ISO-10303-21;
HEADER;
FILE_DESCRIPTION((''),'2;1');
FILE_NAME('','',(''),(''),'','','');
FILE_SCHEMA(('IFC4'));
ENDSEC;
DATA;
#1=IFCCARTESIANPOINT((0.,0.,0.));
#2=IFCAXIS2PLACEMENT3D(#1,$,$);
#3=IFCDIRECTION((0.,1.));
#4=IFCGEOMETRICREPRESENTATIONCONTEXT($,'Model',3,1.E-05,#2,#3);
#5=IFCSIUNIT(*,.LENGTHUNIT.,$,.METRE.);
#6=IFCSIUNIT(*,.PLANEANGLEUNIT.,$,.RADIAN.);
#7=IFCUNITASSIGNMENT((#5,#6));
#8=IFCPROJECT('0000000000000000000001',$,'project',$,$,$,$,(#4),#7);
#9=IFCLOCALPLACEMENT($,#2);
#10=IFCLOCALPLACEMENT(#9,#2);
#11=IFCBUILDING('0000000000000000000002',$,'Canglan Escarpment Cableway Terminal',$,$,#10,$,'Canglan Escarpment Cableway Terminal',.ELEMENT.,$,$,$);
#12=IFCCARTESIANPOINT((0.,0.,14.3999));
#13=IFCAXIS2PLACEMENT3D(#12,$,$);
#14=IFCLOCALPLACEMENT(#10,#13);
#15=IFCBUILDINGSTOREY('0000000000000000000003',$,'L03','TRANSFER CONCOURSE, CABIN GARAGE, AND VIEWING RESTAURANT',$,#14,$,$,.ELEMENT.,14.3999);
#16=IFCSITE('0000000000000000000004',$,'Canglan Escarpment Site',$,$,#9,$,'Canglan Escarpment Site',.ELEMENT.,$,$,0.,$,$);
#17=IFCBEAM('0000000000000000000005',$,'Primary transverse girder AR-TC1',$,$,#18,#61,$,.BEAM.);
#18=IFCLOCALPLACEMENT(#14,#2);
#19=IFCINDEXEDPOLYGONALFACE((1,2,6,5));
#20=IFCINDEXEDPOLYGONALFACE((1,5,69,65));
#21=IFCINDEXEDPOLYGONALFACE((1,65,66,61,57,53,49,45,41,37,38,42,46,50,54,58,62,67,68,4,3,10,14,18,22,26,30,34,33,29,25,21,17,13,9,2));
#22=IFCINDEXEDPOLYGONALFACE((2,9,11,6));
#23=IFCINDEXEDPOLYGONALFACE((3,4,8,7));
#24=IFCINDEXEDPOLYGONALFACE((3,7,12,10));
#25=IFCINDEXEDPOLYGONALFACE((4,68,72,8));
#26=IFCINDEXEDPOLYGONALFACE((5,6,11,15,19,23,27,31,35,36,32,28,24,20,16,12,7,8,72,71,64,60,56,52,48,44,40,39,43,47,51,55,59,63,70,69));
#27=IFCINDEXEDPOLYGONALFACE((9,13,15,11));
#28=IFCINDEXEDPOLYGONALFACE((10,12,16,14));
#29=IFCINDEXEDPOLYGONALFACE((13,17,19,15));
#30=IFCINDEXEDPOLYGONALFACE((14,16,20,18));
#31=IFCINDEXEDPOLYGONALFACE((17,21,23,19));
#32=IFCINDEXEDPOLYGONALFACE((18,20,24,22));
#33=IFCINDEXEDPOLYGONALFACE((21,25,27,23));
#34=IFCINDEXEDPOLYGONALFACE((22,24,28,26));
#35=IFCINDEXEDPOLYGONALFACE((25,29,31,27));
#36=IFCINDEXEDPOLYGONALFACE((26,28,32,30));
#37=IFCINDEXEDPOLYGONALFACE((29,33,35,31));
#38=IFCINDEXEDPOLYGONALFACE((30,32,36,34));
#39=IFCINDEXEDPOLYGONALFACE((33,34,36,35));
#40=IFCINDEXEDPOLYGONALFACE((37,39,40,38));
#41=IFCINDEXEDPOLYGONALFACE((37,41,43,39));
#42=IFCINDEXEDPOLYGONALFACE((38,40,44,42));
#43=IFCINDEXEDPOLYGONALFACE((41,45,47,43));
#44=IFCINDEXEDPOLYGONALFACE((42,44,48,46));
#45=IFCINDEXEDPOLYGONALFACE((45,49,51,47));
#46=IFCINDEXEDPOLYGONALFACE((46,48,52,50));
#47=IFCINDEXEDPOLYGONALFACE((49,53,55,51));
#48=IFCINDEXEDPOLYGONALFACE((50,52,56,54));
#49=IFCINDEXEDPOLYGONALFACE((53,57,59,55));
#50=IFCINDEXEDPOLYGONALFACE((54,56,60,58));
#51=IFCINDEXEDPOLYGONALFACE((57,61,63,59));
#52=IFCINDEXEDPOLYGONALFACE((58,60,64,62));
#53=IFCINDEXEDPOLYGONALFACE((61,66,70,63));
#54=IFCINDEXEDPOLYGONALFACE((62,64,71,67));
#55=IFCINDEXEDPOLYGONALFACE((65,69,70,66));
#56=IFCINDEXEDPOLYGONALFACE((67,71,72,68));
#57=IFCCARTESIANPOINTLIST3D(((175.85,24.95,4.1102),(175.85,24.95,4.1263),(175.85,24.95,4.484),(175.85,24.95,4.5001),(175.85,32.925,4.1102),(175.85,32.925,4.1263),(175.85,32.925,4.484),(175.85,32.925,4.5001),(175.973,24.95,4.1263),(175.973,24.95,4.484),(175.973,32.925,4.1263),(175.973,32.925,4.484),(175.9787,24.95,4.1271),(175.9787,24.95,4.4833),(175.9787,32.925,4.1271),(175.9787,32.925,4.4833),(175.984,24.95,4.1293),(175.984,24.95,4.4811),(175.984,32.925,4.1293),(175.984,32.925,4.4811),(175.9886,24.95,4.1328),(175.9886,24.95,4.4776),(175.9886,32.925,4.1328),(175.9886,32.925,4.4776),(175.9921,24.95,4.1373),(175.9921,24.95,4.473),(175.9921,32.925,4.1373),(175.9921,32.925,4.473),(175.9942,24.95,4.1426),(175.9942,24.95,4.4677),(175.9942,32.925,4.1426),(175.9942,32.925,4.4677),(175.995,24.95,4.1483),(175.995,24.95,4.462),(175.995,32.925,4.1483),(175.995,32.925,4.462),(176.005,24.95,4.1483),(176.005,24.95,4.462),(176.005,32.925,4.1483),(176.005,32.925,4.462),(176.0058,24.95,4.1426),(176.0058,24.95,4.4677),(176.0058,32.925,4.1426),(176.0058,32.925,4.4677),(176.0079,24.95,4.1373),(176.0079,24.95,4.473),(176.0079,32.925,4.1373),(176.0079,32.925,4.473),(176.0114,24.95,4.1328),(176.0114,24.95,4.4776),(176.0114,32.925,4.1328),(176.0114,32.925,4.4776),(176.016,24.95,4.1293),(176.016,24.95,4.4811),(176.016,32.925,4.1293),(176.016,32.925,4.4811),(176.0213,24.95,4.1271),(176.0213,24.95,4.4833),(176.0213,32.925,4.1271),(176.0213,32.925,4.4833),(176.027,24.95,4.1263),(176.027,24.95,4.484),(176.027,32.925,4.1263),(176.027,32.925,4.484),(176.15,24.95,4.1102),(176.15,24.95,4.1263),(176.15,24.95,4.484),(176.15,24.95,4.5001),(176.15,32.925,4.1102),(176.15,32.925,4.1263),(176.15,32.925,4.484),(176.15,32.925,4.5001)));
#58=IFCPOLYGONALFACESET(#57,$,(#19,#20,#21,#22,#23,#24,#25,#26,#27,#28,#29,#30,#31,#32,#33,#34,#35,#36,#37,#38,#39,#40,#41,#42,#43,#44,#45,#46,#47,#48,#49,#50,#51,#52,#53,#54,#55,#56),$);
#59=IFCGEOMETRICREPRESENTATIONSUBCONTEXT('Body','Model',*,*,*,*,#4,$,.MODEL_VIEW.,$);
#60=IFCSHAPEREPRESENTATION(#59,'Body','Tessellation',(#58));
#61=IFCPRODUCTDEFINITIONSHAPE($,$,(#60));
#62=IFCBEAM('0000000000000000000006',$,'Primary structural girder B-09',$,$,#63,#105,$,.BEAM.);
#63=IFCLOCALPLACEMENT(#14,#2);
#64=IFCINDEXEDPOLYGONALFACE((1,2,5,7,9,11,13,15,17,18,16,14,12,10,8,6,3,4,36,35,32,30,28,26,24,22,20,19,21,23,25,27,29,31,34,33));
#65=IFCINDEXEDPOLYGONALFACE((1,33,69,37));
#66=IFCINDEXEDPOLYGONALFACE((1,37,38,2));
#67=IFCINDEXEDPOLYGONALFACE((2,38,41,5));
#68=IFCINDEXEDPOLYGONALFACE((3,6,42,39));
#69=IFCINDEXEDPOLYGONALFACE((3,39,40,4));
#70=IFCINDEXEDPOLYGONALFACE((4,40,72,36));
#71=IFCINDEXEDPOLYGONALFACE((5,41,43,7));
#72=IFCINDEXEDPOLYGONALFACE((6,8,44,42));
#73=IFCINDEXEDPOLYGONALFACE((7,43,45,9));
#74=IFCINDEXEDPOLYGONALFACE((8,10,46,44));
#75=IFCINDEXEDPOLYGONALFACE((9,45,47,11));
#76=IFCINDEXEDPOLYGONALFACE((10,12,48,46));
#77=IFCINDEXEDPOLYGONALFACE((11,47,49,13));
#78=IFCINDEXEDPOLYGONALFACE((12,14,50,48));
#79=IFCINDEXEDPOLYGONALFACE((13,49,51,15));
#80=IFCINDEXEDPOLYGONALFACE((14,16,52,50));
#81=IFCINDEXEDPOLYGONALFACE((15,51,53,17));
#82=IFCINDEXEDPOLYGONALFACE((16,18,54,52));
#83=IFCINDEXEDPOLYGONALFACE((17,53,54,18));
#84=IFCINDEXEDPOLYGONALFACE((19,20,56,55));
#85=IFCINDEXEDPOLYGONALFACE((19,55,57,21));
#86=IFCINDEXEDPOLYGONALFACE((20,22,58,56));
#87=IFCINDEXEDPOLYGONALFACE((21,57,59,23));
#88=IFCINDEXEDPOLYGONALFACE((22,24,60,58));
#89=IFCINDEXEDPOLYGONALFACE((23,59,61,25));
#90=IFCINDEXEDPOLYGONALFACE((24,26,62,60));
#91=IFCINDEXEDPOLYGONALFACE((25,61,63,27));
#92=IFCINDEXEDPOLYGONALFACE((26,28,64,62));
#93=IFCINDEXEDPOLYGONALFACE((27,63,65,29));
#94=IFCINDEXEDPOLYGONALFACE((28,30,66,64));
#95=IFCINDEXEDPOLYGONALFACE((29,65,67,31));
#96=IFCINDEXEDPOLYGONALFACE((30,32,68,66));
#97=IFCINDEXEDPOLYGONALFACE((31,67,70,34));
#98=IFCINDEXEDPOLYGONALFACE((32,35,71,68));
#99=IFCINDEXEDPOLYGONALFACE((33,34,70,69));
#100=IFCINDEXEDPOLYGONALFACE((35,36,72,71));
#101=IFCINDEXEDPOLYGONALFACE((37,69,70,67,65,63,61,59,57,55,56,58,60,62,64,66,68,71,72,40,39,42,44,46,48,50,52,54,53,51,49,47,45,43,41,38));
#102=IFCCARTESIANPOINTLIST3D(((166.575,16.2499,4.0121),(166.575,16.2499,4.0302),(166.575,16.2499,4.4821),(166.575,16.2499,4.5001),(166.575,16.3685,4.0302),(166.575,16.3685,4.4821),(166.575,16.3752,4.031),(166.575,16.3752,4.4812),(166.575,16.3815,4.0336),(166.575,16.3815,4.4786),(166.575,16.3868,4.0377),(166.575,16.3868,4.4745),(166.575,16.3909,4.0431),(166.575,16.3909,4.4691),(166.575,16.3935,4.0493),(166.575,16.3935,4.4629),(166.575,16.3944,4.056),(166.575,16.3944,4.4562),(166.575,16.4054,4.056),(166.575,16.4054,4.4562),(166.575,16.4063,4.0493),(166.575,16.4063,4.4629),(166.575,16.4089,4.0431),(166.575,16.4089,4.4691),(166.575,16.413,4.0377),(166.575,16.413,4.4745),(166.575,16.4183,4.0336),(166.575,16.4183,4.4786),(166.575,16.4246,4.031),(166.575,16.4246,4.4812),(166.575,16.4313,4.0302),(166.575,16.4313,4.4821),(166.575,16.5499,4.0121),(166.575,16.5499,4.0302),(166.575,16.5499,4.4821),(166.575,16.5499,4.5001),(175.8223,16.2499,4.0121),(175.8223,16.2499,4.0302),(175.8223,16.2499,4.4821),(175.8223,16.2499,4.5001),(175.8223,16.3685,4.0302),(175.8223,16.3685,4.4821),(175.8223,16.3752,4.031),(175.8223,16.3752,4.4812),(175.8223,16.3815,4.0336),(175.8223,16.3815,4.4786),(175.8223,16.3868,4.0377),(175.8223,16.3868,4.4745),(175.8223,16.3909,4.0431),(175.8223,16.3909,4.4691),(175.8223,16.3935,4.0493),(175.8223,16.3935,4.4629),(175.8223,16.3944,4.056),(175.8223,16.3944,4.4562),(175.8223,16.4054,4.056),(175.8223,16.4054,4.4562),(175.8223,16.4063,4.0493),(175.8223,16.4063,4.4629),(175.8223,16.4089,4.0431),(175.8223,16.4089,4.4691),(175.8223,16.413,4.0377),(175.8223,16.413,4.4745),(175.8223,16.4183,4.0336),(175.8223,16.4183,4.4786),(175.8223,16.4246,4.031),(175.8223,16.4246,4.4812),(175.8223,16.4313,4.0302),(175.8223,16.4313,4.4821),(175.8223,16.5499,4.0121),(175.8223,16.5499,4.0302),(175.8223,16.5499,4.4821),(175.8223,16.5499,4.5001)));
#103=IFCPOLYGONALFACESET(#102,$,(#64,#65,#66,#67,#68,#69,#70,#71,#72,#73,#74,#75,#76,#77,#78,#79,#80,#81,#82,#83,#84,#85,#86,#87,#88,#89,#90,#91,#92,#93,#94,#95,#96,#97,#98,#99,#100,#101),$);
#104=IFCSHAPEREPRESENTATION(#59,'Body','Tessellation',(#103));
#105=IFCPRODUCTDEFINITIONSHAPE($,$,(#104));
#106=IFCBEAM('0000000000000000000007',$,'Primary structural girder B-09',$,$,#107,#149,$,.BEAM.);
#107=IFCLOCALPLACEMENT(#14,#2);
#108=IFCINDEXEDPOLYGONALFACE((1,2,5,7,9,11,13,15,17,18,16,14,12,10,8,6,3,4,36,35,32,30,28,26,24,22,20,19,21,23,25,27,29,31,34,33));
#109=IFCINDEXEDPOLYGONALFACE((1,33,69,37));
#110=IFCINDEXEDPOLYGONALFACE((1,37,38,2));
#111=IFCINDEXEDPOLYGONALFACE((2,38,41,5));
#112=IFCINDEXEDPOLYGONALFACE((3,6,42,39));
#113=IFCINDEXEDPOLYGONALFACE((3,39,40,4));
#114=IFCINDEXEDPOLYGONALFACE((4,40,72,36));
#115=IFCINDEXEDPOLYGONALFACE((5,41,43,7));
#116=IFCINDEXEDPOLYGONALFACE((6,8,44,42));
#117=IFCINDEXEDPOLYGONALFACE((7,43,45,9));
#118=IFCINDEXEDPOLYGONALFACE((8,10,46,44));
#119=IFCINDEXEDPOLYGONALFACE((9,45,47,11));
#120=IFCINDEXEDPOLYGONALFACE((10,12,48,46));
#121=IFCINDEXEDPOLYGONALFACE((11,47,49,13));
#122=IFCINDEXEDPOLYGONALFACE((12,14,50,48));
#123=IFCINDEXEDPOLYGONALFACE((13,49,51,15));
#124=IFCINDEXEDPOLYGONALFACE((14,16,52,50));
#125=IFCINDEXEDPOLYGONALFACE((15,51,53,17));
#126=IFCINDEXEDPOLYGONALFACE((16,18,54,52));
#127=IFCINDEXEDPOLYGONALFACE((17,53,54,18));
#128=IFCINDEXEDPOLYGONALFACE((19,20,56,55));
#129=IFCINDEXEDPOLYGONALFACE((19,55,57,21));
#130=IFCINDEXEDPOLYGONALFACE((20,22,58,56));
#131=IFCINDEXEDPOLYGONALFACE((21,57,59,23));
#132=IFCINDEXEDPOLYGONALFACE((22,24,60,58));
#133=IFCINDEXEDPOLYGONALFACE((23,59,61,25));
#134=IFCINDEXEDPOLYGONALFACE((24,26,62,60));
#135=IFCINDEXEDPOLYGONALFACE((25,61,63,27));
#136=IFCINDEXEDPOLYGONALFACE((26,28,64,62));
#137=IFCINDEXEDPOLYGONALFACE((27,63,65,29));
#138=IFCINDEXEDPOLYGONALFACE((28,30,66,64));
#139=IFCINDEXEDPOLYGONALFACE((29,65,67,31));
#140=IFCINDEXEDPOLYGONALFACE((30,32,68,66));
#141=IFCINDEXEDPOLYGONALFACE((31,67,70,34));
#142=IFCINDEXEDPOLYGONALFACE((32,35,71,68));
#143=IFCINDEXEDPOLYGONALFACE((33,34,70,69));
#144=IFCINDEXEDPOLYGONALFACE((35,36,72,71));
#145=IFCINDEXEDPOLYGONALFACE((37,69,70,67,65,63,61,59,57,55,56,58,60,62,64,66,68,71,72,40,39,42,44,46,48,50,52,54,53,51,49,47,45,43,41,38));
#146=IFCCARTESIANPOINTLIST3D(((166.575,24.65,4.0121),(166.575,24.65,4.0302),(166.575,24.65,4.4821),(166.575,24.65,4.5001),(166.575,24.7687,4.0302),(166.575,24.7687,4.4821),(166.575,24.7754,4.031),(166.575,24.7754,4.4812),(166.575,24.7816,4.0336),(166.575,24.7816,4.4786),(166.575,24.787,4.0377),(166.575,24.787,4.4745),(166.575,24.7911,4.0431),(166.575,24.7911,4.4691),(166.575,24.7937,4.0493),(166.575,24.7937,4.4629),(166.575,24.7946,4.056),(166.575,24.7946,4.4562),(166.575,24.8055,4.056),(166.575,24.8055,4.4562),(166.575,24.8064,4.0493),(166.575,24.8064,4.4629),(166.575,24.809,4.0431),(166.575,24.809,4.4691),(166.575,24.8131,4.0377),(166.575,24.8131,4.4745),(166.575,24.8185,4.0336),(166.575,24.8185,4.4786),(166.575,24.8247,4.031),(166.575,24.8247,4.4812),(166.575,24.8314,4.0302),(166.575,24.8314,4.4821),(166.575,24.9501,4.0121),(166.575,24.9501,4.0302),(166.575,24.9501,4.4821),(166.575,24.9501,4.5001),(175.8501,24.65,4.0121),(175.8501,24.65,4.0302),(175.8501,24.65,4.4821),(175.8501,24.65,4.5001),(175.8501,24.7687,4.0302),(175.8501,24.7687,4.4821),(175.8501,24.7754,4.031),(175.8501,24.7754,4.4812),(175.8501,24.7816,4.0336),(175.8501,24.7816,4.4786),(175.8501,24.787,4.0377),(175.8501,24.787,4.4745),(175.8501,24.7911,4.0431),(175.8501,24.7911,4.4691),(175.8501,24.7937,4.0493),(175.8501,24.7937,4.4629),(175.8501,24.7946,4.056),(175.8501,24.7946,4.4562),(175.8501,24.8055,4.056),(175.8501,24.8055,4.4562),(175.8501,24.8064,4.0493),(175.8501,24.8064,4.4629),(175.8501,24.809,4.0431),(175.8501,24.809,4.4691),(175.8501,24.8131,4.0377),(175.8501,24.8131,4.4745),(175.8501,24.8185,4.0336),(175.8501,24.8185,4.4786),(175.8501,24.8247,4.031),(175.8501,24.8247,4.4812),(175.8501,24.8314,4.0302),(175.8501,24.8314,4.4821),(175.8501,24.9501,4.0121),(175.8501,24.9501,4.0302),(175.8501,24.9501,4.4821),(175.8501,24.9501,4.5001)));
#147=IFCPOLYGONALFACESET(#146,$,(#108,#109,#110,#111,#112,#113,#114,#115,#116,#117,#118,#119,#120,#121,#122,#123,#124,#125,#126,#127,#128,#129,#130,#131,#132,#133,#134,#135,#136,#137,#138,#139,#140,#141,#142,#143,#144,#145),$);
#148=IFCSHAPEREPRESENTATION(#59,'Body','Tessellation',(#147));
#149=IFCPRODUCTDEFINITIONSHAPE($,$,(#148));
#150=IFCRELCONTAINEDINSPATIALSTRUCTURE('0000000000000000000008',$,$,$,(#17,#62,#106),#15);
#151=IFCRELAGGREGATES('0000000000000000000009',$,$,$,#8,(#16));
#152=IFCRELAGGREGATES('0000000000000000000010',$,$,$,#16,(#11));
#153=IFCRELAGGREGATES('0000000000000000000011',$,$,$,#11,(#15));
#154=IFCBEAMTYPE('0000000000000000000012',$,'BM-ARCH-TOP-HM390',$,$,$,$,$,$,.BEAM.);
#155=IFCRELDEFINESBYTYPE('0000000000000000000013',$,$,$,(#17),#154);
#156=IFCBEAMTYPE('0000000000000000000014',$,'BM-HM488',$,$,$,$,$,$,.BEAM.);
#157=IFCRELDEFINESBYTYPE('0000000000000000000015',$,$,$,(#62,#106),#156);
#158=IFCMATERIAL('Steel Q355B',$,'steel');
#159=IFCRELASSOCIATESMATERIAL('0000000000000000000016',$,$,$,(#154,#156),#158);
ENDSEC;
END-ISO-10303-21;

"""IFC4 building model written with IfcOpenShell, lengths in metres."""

from ifc_helpers import new_model, si_unit, direction, frame, origin, origin_2d, place, context, subcontext, project, spatial, i_section, extrude, material, material_profile, profile_set, type_object, element, save


model = new_model("IFC4")

# Units and contexts
model_context = context("Model", 3, precision=1e-05, world=origin(), true_north=direction((0.0, 1.0)))
body_context = subcontext(model_context, "Body", "Model", "MODEL_VIEW")
ifc_project = project(units=[si_unit("LENGTHUNIT", "METRE"), si_unit("PLANEANGLEUNIT", "RADIAN")], contexts=[model_context])

# Site, building, storey
site_placement = place(None, origin())
site = spatial("IfcSite", under=ifc_project, at=site_placement, Name="Canglan Escarpment Site", LongName="Canglan Escarpment Site", CompositionType="ELEMENT", RefElevation=0.0)
building_placement = place(site_placement, origin())
building = spatial("IfcBuilding", under=site, at=building_placement, Name="Canglan Escarpment Cableway Terminal", LongName="Canglan Escarpment Cableway Terminal", CompositionType="ELEMENT")
storey_placement = place(building_placement, frame((0.0, 0.0, 14.3999)))
storey = spatial("IfcBuildingStorey", under=building, at=storey_placement, Name="L03", Description="TRANSFER CONCOURSE, CABIN GARAGE, AND VIEWING RESTAURANT", CompositionType="ELEMENT", Elevation=14.3999)

# Shared definitions
ifc_material_1 = material(Name="Steel Q355B", Category="steel")

# Beams
ifc_material_profile_1 = material_profile(ifc_material_1, i_section(OverallWidth=0.3, OverallDepth=0.3899, WebThickness=0.01, FlangeThickness=0.0161, FilletRadius=0.022, at=origin_2d()), Name="HM 390x300x10x16")
ifc_profile_set_1 = profile_set([ifc_material_profile_1], Name="Steel Q355B")
beam_type_1 = type_object("IfcBeamType", Name="BM-ARCH-TOP-HM390", PredefinedType="BEAM", material=ifc_profile_set_1)
beam_1_placement = place(storey_placement, frame((176.0, 24.95, 4.3052), z_axis=(0.0, 1.0, 0.0), x_axis=(-1.0, 0.0, 0.0)))
element("IfcBeam", 1, at=beam_1_placement, inside=storey, type_object=beam_type_1, Name="Primary transverse girder AR-TC1", PredefinedType="BEAM", context=body_context, shape_type="SweptSolid", body=[
    extrude(i_section(OverallWidth=0.3, OverallDepth=0.3899, WebThickness=0.01, FlangeThickness=0.0161, FilletRadius=0.022, at=origin_2d()), origin(), (0.0, 0.0, 1.0), 7.9751),
])
ifc_material_profile_2 = material_profile(ifc_material_1, i_section(OverallWidth=0.3, OverallDepth=0.488, WebThickness=0.011, FlangeThickness=0.0181, FilletRadius=0.0259, at=origin_2d()), Name="HM 488x300x11x18")
ifc_profile_set_2 = profile_set([ifc_material_profile_2], Name="Steel Q355B")
beam_type_2 = type_object("IfcBeamType", Name="BM-HM488", PredefinedType="BEAM", material=ifc_profile_set_2)
beam_2_placement = place(storey_placement, frame((166.575, 16.3999, 4.2561), z_axis=(1.0, 0.0, 0.0), x_axis=(0.0, 1.0, 0.0)))
element("IfcBeam", 2, at=beam_2_placement, inside=storey, type_object=beam_type_2, Name="Primary structural girder B-09", PredefinedType="BEAM", context=body_context, shape_type="SweptSolid", body=[
    extrude(i_section(OverallWidth=0.3, OverallDepth=0.488, WebThickness=0.011, FlangeThickness=0.0181, FilletRadius=0.0259, at=origin_2d()), origin(), (0.0, 0.0, 1.0), 9.2473),
])
beam_3_placement = place(storey_placement, frame((166.575, 24.8, 4.2561), z_axis=(1.0, 0.0, 0.0), x_axis=(0.0, 1.0, 0.0)))
element("IfcBeam", 3, at=beam_3_placement, inside=storey, type_object=beam_type_2, Name="Primary structural girder B-09", PredefinedType="BEAM", context=body_context, shape_type="SweptSolid", body=[
    extrude(i_section(OverallWidth=0.3, OverallDepth=0.488, WebThickness=0.011, FlangeThickness=0.0181, FilletRadius=0.0259, at=origin_2d()), origin(), (0.0, 0.0, 1.0), 9.2751),
])

save(model, "model.ifc")
